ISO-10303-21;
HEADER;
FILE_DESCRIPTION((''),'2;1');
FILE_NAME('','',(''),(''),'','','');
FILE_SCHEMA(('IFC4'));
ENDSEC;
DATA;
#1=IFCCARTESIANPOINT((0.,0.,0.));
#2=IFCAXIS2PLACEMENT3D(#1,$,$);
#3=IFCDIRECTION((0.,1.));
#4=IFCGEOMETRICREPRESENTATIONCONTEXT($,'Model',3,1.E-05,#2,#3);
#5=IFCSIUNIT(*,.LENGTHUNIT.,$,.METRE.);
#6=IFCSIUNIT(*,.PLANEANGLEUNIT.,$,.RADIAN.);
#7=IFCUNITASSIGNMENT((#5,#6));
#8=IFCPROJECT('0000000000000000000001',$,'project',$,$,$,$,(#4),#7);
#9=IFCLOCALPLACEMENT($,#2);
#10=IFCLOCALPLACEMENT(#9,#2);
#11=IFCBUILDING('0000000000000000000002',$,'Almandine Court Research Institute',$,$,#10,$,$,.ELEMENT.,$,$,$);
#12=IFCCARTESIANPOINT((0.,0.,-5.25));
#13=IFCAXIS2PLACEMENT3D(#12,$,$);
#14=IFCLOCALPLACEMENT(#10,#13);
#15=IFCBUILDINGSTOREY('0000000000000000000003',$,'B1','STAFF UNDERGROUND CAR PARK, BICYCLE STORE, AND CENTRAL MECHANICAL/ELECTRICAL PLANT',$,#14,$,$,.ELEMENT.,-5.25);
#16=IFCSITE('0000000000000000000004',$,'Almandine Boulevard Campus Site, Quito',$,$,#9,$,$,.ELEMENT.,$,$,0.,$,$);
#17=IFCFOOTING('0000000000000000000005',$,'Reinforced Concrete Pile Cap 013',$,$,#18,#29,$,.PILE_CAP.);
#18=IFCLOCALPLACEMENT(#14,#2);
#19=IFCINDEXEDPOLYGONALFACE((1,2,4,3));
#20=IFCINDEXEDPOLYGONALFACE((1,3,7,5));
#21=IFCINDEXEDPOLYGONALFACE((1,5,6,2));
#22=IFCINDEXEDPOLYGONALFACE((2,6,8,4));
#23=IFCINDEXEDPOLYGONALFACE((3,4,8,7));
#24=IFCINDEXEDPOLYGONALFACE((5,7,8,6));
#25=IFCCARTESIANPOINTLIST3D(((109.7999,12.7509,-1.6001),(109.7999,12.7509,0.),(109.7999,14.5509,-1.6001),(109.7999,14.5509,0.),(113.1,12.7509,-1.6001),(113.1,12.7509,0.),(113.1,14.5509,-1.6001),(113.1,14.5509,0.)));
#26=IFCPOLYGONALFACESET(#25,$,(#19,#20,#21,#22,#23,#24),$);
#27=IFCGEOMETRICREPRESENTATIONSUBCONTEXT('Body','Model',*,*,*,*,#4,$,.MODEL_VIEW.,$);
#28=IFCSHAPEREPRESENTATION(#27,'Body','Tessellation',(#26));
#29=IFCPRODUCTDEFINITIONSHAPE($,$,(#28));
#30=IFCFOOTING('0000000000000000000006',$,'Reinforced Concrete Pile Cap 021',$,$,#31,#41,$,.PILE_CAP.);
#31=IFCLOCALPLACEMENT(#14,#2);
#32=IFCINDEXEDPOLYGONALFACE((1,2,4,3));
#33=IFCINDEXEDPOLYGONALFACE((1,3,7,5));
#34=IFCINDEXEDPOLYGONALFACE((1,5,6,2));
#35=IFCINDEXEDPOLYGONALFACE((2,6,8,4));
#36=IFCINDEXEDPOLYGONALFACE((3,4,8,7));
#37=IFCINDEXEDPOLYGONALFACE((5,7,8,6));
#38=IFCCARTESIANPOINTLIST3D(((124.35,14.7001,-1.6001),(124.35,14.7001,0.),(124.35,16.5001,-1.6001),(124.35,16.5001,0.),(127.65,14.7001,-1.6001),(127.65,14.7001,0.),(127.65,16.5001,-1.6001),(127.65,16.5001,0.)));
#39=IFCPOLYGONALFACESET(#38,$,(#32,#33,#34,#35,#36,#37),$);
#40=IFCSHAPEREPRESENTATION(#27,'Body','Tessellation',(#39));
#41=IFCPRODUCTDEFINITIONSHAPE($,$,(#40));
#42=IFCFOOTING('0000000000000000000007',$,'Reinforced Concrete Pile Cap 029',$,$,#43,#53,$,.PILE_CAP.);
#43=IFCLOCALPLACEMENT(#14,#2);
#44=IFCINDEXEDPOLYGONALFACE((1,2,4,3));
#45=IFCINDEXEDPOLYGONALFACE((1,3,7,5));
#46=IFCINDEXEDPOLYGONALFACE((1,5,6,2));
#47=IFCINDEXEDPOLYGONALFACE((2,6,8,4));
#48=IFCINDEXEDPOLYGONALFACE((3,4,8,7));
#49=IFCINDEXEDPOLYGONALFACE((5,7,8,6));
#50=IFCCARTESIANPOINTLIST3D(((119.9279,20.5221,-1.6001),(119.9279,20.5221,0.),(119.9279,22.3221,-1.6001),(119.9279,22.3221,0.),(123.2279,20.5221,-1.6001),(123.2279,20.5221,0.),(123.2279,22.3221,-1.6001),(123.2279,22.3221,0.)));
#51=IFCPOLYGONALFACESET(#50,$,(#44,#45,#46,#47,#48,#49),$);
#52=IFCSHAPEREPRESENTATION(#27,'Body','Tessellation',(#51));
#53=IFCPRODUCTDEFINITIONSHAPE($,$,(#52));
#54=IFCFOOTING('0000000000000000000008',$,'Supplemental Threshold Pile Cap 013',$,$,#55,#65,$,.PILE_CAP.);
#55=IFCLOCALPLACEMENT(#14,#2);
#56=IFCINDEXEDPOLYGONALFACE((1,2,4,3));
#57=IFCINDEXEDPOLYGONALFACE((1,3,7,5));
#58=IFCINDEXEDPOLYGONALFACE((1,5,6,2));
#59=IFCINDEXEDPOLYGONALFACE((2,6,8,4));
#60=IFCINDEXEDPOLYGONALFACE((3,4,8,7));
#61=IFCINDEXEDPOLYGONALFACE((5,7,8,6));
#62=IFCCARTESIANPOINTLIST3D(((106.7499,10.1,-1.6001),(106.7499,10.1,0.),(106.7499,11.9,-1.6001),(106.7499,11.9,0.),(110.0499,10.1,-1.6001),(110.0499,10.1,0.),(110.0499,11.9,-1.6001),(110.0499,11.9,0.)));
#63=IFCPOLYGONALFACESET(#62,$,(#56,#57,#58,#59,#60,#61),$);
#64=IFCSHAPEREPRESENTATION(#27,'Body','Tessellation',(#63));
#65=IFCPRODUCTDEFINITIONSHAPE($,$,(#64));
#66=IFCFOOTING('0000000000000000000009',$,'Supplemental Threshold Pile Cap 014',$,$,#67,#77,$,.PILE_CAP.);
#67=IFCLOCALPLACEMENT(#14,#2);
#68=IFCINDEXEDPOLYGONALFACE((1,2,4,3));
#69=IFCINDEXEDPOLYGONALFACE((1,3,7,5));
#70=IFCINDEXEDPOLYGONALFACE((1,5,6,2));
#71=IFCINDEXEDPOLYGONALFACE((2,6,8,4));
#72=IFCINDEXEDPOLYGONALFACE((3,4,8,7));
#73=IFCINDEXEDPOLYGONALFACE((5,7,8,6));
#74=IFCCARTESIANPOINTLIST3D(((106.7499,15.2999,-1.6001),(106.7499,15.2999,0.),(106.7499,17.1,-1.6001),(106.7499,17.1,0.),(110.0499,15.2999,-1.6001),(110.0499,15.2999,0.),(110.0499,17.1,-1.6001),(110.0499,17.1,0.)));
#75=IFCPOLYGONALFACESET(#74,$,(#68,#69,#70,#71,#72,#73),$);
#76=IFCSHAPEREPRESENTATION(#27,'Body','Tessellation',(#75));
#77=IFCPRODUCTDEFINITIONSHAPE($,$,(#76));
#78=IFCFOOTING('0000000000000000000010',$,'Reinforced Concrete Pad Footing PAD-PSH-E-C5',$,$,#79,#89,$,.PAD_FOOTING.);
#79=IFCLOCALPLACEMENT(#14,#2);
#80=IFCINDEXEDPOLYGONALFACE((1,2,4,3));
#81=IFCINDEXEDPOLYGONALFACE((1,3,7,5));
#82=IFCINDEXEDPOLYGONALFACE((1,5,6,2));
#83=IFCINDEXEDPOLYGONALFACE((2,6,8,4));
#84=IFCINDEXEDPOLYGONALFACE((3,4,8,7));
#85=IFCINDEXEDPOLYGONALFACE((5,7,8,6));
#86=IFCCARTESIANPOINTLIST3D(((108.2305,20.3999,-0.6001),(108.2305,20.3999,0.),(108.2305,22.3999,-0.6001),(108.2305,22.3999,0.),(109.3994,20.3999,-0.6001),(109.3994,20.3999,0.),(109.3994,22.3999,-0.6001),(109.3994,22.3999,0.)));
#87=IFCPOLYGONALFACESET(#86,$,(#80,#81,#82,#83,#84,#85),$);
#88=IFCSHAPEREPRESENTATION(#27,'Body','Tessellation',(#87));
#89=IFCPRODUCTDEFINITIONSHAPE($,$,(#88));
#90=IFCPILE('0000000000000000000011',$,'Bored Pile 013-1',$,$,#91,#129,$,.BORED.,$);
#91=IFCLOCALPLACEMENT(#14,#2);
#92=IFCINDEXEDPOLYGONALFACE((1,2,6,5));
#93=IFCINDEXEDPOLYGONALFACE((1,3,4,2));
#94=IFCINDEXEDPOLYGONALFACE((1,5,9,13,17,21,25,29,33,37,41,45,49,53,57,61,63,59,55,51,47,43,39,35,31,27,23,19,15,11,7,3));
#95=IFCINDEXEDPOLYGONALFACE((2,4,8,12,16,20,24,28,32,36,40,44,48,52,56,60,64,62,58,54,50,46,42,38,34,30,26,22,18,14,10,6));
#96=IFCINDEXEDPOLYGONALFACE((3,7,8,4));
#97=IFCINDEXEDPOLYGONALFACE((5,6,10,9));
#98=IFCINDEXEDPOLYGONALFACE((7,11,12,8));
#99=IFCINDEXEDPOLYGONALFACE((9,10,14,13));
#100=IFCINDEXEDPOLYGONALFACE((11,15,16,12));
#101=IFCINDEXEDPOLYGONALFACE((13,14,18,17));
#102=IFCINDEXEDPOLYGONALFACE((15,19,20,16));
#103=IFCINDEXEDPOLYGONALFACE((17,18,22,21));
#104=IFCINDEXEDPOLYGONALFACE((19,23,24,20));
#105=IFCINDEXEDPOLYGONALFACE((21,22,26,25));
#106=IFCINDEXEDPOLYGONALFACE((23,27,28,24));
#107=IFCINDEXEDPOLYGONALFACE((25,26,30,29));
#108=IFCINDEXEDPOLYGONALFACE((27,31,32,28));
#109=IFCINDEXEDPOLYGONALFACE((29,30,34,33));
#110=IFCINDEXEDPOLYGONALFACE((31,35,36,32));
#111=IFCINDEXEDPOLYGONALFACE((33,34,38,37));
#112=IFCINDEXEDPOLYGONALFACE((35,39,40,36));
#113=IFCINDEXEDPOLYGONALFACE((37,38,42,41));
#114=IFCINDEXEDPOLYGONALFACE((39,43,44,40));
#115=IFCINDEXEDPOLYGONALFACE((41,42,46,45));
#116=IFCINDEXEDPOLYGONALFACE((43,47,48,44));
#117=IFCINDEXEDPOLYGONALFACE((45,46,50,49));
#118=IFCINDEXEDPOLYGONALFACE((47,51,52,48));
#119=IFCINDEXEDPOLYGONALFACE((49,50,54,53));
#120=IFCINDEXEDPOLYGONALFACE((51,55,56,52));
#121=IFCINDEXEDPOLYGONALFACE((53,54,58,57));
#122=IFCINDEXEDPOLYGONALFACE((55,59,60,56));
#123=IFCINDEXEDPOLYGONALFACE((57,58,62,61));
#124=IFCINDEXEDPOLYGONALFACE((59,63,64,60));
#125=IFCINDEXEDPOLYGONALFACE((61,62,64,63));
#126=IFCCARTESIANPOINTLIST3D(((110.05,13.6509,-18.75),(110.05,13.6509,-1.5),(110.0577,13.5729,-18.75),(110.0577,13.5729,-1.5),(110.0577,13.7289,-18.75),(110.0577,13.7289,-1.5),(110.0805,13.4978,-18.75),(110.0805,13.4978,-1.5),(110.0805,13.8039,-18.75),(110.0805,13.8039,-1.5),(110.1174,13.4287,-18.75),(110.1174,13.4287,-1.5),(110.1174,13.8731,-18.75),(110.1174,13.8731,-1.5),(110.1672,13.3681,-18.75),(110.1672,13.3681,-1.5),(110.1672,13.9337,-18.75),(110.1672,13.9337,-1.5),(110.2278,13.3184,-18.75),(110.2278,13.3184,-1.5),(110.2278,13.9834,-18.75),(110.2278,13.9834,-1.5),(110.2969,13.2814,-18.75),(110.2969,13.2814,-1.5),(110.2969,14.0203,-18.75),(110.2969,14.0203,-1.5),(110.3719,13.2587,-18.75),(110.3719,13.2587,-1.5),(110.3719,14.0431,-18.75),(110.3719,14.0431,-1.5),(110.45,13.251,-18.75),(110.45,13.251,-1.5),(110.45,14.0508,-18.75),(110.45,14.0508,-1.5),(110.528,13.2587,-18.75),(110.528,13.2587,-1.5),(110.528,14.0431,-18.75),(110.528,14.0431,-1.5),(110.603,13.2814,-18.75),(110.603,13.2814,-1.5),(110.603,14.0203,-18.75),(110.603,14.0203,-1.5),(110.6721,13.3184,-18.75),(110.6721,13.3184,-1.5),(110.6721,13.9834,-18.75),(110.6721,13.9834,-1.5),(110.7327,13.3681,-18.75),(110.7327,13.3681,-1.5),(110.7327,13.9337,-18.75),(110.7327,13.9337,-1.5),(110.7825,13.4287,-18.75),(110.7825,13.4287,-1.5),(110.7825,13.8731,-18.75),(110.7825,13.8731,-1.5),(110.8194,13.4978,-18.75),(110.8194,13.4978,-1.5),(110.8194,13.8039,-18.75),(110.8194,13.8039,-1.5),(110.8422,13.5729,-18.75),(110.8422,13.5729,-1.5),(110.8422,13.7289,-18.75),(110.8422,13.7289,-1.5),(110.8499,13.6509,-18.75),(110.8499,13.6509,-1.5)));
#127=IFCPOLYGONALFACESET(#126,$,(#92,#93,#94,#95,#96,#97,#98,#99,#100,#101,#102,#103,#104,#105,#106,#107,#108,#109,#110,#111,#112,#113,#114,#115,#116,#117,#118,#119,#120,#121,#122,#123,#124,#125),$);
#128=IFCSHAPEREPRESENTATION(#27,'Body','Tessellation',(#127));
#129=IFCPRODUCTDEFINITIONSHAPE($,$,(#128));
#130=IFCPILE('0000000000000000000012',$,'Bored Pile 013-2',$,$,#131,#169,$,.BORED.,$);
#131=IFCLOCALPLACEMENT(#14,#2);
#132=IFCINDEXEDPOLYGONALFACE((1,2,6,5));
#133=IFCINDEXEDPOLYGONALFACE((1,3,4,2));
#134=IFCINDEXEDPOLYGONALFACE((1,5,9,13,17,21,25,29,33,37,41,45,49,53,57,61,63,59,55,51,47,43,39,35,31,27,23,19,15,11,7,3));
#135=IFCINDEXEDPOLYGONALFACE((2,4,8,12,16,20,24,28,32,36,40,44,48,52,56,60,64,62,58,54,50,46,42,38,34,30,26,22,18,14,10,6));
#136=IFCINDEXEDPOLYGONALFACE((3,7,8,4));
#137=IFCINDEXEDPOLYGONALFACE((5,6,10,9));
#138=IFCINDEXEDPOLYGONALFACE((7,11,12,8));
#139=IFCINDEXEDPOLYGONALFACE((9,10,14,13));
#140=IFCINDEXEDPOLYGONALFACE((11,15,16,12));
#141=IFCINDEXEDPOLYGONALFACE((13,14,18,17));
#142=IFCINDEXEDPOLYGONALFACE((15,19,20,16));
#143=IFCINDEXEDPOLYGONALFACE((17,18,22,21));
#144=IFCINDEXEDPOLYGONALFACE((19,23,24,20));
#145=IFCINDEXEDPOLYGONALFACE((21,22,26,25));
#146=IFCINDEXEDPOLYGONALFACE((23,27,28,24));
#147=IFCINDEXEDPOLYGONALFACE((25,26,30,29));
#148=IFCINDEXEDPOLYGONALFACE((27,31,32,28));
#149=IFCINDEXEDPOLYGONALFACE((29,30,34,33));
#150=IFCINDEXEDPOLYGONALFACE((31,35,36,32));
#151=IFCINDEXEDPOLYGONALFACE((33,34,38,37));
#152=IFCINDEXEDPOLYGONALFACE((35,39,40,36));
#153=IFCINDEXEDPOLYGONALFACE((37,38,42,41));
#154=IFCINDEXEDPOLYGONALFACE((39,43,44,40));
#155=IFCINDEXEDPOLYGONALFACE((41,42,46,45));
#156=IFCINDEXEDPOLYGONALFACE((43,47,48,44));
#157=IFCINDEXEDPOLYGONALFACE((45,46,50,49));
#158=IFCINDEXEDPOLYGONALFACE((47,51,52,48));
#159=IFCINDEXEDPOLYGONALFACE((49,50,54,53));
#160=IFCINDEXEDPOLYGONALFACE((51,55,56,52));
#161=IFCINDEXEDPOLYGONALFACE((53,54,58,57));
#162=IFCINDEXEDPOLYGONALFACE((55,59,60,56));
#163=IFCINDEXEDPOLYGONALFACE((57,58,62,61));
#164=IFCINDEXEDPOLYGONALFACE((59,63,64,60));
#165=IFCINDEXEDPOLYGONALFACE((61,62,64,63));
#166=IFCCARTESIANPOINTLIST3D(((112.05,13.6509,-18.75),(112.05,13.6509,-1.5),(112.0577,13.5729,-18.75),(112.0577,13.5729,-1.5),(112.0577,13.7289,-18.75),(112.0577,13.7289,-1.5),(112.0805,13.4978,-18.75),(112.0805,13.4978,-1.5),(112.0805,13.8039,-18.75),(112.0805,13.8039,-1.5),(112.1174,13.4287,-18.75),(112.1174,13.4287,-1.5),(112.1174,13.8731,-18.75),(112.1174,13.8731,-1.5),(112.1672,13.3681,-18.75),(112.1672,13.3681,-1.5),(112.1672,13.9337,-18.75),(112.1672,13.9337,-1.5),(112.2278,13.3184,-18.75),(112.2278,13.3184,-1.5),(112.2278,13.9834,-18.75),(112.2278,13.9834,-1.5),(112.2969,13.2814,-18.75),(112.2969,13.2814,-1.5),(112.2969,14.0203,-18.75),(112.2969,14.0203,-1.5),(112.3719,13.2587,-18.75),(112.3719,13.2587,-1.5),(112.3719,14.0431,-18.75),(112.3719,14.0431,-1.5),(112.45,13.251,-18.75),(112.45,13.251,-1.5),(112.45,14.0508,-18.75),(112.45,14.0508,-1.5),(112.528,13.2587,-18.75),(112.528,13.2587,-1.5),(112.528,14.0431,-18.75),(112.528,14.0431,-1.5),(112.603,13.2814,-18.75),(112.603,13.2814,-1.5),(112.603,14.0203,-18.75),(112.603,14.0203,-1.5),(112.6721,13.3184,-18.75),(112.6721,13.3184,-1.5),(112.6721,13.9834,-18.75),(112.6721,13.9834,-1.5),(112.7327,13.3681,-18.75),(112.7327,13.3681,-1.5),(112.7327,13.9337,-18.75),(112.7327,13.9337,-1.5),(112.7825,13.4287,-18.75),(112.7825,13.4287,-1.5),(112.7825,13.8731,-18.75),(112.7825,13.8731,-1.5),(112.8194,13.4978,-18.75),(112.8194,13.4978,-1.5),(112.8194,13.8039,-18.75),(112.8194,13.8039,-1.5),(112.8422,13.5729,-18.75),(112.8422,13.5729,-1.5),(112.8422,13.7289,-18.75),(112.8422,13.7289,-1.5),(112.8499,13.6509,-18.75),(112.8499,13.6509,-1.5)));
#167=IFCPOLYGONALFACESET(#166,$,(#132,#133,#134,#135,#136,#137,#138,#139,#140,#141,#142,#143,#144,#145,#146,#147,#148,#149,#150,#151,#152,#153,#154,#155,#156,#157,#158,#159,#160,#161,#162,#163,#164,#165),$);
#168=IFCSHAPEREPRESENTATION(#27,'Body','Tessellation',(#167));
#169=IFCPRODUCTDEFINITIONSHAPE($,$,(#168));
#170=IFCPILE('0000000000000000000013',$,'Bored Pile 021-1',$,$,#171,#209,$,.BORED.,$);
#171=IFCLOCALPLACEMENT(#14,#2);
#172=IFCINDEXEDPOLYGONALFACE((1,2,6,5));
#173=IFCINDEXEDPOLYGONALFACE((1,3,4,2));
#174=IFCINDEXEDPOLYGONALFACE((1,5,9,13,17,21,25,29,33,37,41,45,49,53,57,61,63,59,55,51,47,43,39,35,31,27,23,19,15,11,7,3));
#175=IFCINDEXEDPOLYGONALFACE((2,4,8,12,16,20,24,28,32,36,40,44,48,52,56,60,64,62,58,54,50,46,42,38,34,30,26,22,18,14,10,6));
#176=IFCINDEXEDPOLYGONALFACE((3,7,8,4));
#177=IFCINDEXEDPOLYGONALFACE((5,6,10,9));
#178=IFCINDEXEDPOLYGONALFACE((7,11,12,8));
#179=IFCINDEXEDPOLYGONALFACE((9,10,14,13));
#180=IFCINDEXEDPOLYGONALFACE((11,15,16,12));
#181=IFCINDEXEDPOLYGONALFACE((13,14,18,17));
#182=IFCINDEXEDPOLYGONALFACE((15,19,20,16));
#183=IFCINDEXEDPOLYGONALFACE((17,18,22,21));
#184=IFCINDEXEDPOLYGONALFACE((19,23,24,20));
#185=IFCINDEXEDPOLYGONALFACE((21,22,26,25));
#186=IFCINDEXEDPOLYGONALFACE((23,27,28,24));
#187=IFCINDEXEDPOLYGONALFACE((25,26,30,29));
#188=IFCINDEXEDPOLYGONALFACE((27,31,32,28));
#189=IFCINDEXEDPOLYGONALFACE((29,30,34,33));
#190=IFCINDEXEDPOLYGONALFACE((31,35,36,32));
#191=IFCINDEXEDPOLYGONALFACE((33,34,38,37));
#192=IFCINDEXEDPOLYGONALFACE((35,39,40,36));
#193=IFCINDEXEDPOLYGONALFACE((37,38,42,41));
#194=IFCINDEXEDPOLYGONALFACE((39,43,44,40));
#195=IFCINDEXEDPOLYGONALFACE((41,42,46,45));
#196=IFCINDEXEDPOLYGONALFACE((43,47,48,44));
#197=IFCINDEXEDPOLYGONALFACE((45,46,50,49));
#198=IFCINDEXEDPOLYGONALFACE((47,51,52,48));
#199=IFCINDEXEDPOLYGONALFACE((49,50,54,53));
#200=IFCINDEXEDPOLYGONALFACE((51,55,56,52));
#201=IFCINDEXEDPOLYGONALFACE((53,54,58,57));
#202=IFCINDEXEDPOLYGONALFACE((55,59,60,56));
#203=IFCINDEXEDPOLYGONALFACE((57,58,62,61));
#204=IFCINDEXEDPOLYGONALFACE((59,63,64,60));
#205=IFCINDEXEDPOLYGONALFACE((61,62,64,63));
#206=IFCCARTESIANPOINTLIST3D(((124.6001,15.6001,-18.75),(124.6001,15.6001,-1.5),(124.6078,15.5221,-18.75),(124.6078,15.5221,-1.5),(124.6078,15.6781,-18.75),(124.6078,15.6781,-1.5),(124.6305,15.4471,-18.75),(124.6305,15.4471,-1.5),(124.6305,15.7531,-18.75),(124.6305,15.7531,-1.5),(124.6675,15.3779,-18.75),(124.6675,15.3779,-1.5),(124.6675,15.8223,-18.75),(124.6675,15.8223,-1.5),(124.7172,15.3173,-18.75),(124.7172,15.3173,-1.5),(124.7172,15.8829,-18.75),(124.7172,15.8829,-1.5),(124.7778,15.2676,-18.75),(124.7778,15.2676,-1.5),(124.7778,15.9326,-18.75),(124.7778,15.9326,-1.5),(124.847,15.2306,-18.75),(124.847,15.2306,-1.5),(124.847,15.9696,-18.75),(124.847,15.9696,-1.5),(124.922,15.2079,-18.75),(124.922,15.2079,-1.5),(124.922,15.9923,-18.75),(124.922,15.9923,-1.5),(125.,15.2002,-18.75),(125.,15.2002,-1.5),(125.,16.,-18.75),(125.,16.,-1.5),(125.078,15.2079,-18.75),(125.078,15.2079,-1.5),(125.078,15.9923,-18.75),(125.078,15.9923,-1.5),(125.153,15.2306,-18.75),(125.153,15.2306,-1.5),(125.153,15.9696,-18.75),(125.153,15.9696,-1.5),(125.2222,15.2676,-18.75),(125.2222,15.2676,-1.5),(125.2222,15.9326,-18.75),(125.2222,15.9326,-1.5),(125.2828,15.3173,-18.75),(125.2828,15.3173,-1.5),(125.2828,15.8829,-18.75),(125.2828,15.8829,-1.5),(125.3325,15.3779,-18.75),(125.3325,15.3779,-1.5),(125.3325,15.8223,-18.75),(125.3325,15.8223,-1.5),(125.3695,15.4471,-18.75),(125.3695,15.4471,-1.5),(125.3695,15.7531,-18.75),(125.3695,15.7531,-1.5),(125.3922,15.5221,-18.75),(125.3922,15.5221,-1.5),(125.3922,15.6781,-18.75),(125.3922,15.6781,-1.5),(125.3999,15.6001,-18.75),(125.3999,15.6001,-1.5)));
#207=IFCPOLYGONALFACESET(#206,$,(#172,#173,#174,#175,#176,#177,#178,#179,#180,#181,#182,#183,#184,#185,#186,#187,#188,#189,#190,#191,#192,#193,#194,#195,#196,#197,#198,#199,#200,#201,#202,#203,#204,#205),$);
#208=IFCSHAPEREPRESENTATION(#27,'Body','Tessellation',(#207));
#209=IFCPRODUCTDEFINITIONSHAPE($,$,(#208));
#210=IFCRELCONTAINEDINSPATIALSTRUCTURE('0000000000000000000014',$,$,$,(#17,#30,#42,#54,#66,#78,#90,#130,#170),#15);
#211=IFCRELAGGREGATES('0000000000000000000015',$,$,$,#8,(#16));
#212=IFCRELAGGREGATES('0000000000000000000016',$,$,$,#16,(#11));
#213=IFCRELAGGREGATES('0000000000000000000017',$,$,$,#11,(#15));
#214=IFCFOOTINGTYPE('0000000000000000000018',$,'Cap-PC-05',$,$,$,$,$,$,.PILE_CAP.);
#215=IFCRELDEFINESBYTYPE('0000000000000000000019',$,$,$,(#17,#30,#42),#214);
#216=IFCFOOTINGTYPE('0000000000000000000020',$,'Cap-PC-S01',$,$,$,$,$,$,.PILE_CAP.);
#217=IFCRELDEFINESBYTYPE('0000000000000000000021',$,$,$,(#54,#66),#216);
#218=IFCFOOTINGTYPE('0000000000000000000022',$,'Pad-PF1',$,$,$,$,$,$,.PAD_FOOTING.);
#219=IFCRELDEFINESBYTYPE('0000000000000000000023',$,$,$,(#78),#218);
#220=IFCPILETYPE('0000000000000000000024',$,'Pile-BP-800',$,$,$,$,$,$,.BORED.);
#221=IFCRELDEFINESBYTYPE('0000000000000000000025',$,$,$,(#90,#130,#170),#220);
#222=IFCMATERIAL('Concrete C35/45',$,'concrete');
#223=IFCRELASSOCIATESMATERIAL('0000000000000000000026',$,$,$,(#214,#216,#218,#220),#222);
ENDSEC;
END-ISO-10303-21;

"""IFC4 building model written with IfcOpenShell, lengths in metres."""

from ifc_helpers import new_model, si_unit, direction, frame, origin, origin_2d, place, context, subcontext, project, spatial, rectangle, circle, extrude, material, material_profile, profile_set, type_object, element, save


model = new_model("IFC4")

# Units and contexts
model_context = context("Model", 3, precision=1e-05, world=origin(), true_north=direction((0.0, 1.0)))
body_context = subcontext(model_context, "Body", "Model", "MODEL_VIEW")
ifc_project = project(units=[si_unit("LENGTHUNIT", "METRE"), si_unit("PLANEANGLEUNIT", "RADIAN")], contexts=[model_context])

# Site, building, storey
site_placement = place(None, origin())
site = spatial("IfcSite", under=ifc_project, at=site_placement, Name="Almandine Boulevard Campus Site, Quito", CompositionType="ELEMENT", RefElevation=0.0)
building_placement = place(site_placement, origin())
building = spatial("IfcBuilding", under=site, at=building_placement, Name="Almandine Court Research Institute", CompositionType="ELEMENT")
storey_placement = place(building_placement, frame((0.0, 0.0, -5.25)))
storey = spatial("IfcBuildingStorey", under=building, at=storey_placement, Name="B1", Description="STAFF UNDERGROUND CAR PARK, BICYCLE STORE, AND CENTRAL MECHANICAL/ELECTRICAL PLANT", CompositionType="ELEMENT", Elevation=-5.25)

# Footings
ifc_material_1 = material(Name="Concrete C35/45", Category="concrete")
footing_type_1 = type_object("IfcFootingType", Name="Cap-PC-05", PredefinedType="PILE_CAP", material=ifc_material_1)
for number, where, z_axis, x_axis, name in (
    (1, (111.45, 13.6509, -1.6001), (0.0, 0.0, 1.0), (1.0, 0.0, 0.0), "Reinforced Concrete Pile Cap 013"),
    (2, (126.0, 15.6001, -1.6001), (0.0, 0.0, 1.0), (1.0, 0.0, 0.0), "Reinforced Concrete Pile Cap 021"),
    (3, (121.5779, 21.4221, -1.6001), (0.0, 0.0, 1.0), (1.0, 0.0, 0.0), "Reinforced Concrete Pile Cap 029"),
):
    element("IfcFooting", number, at=place(storey_placement, frame(where, z_axis=z_axis, x_axis=x_axis)), inside=storey, type_object=footing_type_1, Name=name, PredefinedType="PILE_CAP", context=body_context, shape_type="SweptSolid", body=[
        extrude(rectangle(XDim=3.3, YDim=1.8, at=origin_2d()), origin(), (0.0, 0.0, 1.0), 1.6001),
    ])
footing_type_2 = type_object("IfcFootingType", Name="Cap-PC-S01", PredefinedType="PILE_CAP", material=ifc_material_1)
for number, where, z_axis, x_axis, name in (
    (4, (108.3999, 11.0, -1.6001), (0.0, 0.0, 1.0), (1.0, 0.0, 0.0), "Supplemental Threshold Pile Cap 013"),
    (5, (108.3999, 16.2, -1.6001), (0.0, 0.0, 1.0), (1.0, 0.0, 0.0), "Supplemental Threshold Pile Cap 014"),
):
    element("IfcFooting", number, at=place(storey_placement, frame(where, z_axis=z_axis, x_axis=x_axis)), inside=storey, type_object=footing_type_2, Name=name, PredefinedType="PILE_CAP", context=body_context, shape_type="SweptSolid", body=[
        extrude(rectangle(XDim=3.3, YDim=1.8, at=origin_2d()), origin(), (0.0, 0.0, 1.0), 1.6001),
    ])
footing_type_3 = type_object("IfcFootingType", Name="Pad-PF1", PredefinedType="PAD_FOOTING", material=ifc_material_1)
footing_1_placement = place(storey_placement, frame((108.8149, 21.3999, -0.6001), z_axis=(0.0, 0.0, 1.0), x_axis=(1.0, 0.0, 0.0)))
element("IfcFooting", 6, at=footing_1_placement, inside=storey, type_object=footing_type_3, Name="Reinforced Concrete Pad Footing PAD-PSH-E-C5", PredefinedType="PAD_FOOTING", context=body_context, shape_type="SweptSolid", body=[
    extrude(rectangle(XDim=1.1689, YDim=2.0, at=origin_2d()), origin(), (0.0, 0.0, 1.0), 0.6001),
])

# Piles
ifc_material_profile_1 = material_profile(ifc_material_1, circle(Radius=0.3999, at=origin_2d()), Name="BORED PILE D800")
ifc_profile_set_1 = profile_set([ifc_material_profile_1], Name="Concrete C35/45")
pile_type = type_object("IfcPileType", Name="Pile-BP-800", PredefinedType="BORED", material=ifc_profile_set_1)
for number, where, z_axis, x_axis, name in (
    (7, (110.45, 13.6509, -1.5), (0.0, 0.0, -1.0), (1.0, 0.0, 0.0), "Bored Pile 013-1"),
    (8, (112.45, 13.6509, -1.5), (0.0, 0.0, -1.0), (1.0, 0.0, 0.0), "Bored Pile 013-2"),
    (9, (125.0, 15.6001, -1.5), (0.0, 0.0, -1.0), (1.0, 0.0, 0.0), "Bored Pile 021-1"),
):
    element("IfcPile", number, at=place(storey_placement, frame(where, z_axis=z_axis, x_axis=x_axis)), inside=storey, type_object=pile_type, Name=name, PredefinedType="BORED", context=body_context, shape_type="SweptSolid", body=[
        extrude(circle(Radius=0.3999, at=origin_2d()), origin(), (0.0, 0.0, 1.0), 17.25),
    ])

save(model, "model.ifc")
